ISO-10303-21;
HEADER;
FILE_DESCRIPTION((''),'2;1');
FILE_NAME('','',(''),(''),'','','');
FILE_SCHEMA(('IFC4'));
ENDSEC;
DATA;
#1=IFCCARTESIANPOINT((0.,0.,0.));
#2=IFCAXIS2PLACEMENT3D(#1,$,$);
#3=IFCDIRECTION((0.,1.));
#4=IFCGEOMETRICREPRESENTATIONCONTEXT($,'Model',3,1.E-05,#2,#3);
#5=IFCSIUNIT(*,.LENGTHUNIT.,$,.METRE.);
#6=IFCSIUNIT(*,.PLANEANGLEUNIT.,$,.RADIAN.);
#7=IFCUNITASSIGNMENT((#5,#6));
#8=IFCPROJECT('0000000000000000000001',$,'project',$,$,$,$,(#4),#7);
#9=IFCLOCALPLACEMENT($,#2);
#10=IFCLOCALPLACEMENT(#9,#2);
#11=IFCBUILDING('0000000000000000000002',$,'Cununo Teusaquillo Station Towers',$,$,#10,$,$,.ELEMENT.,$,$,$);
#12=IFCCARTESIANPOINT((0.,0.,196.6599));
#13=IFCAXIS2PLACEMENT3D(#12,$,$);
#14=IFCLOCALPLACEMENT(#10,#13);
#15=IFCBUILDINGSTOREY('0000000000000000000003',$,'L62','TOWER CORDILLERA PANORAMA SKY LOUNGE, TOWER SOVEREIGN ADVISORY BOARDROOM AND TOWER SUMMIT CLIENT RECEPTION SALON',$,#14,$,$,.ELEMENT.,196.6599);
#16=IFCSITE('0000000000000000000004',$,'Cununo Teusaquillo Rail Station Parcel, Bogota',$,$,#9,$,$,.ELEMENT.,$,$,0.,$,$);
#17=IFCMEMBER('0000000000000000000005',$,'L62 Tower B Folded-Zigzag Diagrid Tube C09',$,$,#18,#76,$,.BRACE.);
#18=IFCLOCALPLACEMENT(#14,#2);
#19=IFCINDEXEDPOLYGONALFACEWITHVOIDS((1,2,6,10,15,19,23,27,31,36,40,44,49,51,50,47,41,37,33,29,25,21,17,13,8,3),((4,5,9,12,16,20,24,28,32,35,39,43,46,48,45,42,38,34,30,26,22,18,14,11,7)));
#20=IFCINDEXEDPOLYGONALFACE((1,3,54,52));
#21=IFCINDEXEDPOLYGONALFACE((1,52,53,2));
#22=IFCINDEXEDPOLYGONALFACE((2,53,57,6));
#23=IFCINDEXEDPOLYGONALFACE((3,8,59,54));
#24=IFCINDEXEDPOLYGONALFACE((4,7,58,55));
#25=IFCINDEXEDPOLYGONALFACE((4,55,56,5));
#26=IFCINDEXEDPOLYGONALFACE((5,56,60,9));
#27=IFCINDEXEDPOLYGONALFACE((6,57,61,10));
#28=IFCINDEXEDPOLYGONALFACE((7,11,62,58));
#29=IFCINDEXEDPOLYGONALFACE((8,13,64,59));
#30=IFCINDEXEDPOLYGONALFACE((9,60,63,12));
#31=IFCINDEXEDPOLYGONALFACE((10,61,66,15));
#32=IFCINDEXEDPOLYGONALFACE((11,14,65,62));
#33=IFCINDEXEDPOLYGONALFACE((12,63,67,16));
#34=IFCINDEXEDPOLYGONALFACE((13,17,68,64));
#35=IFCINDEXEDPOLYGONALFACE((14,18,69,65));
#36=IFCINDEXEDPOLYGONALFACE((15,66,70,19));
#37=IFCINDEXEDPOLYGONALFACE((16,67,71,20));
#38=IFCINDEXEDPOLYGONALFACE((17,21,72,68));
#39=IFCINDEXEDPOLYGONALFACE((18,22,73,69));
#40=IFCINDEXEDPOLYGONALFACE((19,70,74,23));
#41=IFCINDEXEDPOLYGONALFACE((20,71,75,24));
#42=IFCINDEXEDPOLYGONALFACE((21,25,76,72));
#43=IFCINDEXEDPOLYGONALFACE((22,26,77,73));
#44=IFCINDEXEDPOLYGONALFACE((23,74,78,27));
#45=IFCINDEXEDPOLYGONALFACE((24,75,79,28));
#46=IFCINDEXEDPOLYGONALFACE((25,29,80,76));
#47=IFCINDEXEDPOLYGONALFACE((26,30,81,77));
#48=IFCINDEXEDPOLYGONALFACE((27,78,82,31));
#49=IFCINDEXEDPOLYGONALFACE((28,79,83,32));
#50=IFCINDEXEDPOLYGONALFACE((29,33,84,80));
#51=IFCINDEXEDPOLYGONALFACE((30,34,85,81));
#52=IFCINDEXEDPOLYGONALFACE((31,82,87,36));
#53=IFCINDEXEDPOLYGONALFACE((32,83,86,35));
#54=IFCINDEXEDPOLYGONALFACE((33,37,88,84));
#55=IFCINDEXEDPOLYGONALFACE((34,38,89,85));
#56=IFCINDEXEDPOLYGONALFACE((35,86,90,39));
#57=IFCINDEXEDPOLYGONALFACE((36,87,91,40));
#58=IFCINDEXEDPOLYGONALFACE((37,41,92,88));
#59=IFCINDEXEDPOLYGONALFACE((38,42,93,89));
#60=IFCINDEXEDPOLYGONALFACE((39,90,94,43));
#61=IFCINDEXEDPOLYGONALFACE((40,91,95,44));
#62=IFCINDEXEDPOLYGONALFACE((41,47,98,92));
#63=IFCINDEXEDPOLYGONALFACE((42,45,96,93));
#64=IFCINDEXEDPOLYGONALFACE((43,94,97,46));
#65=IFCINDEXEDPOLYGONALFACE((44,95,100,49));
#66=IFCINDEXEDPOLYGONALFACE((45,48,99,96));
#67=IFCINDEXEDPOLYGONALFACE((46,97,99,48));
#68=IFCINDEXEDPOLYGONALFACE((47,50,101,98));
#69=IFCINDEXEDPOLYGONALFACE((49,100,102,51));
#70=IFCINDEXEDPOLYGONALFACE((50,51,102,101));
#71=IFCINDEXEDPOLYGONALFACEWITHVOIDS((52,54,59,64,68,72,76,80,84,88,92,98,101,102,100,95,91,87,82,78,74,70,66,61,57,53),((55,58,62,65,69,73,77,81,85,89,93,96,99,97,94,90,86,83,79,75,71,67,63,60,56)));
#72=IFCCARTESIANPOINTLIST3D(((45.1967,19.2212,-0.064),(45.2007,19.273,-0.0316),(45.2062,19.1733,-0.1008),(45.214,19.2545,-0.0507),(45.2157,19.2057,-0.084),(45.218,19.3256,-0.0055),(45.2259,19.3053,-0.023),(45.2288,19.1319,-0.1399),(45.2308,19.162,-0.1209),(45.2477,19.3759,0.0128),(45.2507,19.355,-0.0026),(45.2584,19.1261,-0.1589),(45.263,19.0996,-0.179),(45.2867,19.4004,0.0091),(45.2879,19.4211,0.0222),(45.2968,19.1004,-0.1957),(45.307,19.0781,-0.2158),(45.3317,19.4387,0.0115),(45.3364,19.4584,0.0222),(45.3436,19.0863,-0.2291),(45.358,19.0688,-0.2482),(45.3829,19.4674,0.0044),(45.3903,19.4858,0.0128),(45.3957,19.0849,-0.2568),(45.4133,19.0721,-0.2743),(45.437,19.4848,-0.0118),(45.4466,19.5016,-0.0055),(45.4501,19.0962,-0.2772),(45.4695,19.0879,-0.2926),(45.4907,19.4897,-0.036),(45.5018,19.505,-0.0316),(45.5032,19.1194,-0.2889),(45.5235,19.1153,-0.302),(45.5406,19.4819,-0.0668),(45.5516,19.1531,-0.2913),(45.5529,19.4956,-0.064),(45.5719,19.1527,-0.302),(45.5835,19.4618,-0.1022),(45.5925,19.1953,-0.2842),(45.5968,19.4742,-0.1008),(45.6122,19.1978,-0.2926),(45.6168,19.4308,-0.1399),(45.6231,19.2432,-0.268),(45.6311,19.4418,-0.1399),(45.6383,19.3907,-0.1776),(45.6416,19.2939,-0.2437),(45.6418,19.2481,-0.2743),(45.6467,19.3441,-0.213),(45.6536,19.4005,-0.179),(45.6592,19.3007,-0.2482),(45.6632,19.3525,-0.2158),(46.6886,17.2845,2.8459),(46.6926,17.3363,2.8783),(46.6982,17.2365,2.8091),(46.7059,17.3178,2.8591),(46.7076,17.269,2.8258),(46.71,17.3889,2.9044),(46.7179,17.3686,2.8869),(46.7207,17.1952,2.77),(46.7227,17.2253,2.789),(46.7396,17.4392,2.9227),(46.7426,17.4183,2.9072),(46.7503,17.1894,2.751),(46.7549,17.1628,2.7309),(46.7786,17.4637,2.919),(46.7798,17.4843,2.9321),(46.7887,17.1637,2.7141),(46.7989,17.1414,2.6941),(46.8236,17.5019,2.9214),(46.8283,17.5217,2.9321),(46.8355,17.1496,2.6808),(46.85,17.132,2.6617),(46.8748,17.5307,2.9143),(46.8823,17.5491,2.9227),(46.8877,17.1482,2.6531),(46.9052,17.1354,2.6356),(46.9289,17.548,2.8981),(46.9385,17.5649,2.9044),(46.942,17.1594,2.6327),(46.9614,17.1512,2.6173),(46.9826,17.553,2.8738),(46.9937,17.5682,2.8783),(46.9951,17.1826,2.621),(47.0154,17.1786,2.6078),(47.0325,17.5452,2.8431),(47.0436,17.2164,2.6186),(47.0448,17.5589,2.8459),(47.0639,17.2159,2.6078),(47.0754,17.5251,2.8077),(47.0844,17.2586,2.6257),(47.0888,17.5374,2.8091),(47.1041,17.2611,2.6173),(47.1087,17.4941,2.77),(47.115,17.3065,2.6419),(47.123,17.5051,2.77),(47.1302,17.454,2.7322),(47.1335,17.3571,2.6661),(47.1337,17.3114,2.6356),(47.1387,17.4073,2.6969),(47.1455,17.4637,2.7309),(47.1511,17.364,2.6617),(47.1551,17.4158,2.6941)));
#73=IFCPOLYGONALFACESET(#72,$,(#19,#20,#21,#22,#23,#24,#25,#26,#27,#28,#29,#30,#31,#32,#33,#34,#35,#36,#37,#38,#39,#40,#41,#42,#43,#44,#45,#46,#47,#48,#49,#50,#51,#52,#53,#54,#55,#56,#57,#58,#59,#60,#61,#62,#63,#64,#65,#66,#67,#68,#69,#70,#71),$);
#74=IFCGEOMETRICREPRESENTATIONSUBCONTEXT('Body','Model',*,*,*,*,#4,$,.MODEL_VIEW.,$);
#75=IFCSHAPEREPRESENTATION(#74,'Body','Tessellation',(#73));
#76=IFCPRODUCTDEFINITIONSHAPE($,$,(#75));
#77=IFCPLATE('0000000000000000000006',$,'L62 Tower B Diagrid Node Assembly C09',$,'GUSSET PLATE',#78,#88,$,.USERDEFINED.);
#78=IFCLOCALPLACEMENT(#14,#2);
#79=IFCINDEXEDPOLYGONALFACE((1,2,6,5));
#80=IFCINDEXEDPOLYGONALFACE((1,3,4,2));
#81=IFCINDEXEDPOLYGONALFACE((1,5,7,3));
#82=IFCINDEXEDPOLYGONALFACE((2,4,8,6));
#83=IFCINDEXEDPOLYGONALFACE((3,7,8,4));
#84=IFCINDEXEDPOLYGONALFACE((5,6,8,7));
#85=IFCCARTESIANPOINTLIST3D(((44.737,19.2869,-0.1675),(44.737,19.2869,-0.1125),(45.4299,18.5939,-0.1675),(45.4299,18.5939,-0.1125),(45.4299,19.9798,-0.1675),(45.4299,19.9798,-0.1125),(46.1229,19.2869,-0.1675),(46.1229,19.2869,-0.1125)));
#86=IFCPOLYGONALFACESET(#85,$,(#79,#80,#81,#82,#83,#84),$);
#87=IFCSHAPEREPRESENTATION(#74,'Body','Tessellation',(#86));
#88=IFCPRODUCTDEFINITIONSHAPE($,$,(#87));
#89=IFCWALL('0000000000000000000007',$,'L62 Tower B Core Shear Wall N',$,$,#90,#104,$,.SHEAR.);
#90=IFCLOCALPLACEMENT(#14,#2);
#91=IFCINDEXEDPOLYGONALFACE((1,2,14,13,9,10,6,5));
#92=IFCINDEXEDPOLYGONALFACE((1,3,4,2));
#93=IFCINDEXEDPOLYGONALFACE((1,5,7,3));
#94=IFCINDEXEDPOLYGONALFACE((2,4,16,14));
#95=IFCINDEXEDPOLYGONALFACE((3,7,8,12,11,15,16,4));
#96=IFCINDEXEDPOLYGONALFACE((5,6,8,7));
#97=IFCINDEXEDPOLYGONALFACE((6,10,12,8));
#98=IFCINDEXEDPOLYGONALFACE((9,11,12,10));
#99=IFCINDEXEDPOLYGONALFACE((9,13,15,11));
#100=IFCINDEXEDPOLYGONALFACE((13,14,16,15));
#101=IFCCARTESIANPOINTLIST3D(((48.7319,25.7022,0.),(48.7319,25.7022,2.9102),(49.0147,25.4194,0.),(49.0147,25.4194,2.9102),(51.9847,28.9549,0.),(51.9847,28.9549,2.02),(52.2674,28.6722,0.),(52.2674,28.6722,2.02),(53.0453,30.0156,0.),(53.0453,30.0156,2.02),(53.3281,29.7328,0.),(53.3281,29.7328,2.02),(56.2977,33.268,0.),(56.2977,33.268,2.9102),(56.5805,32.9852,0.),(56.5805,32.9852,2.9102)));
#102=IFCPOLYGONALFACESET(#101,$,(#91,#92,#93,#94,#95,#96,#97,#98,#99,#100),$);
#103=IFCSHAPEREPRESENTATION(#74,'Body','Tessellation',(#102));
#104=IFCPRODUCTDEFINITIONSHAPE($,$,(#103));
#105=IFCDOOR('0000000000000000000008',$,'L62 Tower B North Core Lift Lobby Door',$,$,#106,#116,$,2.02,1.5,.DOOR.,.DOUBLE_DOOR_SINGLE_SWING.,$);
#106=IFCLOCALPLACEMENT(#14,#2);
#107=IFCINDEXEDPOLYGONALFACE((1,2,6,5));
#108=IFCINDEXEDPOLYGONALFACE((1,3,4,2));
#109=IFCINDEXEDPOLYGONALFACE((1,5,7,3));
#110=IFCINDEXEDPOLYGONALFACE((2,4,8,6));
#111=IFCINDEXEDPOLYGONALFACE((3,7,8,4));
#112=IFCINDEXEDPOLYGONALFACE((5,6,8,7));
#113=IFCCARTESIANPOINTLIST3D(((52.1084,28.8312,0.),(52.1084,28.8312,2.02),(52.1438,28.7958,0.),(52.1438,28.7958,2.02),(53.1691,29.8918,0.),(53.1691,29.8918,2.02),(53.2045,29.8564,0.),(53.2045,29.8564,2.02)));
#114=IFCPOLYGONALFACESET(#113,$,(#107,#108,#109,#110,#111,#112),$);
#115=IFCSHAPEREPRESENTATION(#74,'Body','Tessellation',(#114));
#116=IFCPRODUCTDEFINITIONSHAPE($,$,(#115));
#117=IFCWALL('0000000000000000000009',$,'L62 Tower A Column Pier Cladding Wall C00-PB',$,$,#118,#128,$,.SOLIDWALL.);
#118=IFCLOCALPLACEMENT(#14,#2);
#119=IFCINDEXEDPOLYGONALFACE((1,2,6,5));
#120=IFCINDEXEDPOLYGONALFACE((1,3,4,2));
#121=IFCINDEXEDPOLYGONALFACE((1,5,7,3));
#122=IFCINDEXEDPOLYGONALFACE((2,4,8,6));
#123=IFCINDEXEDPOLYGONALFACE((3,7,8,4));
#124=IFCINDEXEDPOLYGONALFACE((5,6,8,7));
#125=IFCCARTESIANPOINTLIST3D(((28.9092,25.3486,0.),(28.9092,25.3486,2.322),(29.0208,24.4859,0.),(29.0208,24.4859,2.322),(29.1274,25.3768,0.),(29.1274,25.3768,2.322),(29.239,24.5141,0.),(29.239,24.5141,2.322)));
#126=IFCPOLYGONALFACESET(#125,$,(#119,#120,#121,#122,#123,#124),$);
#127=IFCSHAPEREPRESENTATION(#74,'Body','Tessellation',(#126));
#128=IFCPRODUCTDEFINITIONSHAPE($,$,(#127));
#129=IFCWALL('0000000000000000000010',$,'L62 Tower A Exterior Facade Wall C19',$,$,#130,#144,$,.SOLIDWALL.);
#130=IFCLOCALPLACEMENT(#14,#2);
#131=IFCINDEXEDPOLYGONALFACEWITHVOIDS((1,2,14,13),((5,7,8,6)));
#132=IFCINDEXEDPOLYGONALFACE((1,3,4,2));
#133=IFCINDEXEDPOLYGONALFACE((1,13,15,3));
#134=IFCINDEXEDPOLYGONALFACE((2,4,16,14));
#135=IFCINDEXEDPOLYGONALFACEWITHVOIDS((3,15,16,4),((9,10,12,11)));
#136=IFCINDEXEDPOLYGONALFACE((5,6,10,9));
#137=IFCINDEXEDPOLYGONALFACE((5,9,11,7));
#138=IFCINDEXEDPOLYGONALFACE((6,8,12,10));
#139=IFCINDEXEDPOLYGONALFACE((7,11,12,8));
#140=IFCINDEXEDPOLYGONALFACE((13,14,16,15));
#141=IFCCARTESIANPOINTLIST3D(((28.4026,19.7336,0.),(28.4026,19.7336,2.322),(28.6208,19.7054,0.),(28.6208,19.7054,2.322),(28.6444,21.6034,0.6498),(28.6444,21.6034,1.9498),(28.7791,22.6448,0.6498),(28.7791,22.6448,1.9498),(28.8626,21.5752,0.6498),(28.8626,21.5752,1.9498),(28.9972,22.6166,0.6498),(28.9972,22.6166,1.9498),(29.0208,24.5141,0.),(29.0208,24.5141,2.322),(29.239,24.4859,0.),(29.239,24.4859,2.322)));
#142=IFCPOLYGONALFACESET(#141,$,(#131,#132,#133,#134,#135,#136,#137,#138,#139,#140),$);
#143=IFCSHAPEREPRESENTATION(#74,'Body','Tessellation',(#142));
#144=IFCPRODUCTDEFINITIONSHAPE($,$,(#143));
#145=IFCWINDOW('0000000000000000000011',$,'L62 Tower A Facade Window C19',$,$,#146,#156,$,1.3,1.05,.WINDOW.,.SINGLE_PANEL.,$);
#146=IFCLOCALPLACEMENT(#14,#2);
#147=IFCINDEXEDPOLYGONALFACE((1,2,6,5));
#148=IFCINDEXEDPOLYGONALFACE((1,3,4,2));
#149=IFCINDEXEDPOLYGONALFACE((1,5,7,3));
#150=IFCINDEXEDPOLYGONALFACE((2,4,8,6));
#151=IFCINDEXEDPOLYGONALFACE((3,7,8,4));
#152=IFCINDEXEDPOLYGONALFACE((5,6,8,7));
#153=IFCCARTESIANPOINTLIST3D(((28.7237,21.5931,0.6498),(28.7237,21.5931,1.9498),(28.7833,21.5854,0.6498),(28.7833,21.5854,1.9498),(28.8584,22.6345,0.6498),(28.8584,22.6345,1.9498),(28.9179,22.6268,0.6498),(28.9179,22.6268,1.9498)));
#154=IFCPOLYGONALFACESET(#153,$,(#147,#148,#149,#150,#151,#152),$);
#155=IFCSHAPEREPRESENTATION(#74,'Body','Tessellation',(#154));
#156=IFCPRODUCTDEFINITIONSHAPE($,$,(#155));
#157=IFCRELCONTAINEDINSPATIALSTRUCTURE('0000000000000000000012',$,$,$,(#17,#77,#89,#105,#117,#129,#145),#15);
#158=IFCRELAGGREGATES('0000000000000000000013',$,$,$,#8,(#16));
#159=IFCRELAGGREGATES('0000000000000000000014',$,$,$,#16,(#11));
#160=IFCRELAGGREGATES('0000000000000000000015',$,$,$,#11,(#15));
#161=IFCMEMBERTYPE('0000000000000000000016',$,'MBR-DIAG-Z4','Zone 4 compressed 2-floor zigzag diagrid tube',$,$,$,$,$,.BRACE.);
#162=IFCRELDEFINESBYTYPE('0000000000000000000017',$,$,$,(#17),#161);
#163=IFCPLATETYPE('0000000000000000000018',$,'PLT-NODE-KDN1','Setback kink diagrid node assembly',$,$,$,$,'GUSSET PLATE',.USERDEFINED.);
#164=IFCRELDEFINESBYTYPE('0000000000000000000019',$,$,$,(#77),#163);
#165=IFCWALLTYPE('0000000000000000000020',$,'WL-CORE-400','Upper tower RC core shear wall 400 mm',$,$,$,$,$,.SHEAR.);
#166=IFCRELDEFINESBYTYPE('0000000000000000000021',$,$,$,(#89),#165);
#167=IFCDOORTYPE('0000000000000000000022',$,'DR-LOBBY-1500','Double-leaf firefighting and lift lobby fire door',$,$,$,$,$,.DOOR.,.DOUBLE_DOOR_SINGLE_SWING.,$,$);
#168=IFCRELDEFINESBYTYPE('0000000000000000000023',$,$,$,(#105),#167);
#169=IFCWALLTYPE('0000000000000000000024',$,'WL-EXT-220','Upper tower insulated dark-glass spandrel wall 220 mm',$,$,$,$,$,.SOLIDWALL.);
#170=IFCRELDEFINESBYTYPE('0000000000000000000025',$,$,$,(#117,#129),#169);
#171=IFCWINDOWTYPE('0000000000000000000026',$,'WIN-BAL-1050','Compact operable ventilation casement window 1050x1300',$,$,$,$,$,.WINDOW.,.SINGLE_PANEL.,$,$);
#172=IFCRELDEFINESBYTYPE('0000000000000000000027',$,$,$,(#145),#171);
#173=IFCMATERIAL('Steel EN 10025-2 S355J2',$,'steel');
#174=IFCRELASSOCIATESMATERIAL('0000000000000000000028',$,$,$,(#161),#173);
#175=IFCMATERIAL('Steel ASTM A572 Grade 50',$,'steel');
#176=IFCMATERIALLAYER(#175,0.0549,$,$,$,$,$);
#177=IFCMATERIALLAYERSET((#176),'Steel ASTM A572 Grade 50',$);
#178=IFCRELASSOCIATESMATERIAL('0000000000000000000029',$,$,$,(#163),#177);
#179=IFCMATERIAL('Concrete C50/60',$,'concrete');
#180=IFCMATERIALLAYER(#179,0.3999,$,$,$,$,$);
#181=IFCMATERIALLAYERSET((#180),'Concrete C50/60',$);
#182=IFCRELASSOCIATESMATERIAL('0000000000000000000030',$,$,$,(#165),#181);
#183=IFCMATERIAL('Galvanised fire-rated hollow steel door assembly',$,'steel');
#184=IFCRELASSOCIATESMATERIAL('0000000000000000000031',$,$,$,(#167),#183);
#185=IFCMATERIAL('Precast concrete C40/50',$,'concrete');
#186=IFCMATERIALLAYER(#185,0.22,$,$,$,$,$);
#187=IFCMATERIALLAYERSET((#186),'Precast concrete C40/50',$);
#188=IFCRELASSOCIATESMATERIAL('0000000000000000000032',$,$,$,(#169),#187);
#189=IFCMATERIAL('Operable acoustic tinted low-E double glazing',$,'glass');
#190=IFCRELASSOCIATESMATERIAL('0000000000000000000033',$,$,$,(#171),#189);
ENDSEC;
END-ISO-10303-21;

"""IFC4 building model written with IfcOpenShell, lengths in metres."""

from ifc_helpers import new_model, si_unit, direction, frame, frame_2d, origin, origin_2d, place, context, subcontext, project, spatial, rectangle, hollow_circle, extrude, source, transform, mapped, material, layer, layer_set, material_profile, profile_set, type_object, element, fill, save


model = new_model("IFC4")

# Units and contexts
model_context = context("Model", 3, precision=1e-05, world=origin(), true_north=direction((0.0, 1.0)))
body_context = subcontext(model_context, "Body", "Model", "MODEL_VIEW")
ifc_project = project(units=[si_unit("LENGTHUNIT", "METRE"), si_unit("PLANEANGLEUNIT", "RADIAN")], contexts=[model_context])

# Site, building, storey
site_placement = place(None, origin())
site = spatial("IfcSite", under=ifc_project, at=site_placement, Name="Cununo Teusaquillo Rail Station Parcel, Bogota", CompositionType="ELEMENT", RefElevation=0.0)
building_placement = place(site_placement, origin())
building = spatial("IfcBuilding", under=site, at=building_placement, Name="Cununo Teusaquillo Station Towers", CompositionType="ELEMENT")
storey_placement = place(building_placement, frame((0.0, 0.0, 196.6599)))
storey = spatial("IfcBuildingStorey", under=building, at=storey_placement, Name="L62", Description="TOWER CORDILLERA PANORAMA SKY LOUNGE, TOWER SOVEREIGN ADVISORY BOARDROOM AND TOWER SUMMIT CLIENT RECEPTION SALON", CompositionType="ELEMENT", Elevation=196.6599)

# Member
ifc_material_1 = material(Name="Steel EN 10025-2 S355J2", Category="steel")
ifc_material_profile_1 = material_profile(ifc_material_1, hollow_circle(Radius=0.2539, WallThickness=0.0181, at=origin_2d()), Name="CHS 508x18")
ifc_profile_set_1 = profile_set([ifc_material_profile_1], Name="Steel EN 10025-2 S355J2")
member_type_1 = type_object("IfcMemberType", Name="MBR-DIAG-Z4", Description="Zone 4 compressed 2-floor zigzag diagrid tube", PredefinedType="BRACE", material=ifc_profile_set_1)
member_1_placement = place(storey_placement, frame((45.4299, 19.2869, -0.1399), z_axis=(0.392555, -0.509595, 0.765646), x_axis=(0.792204, 0.610256, 0.0)))
element("IfcMember", 1, at=member_1_placement, inside=storey, type_object=member_type_1, Name="L62 Tower B Folded-Zigzag Diagrid Tube C09", PredefinedType="BRACE", context=body_context, shape_type="SweptSolid", body=[
    extrude(hollow_circle(Radius=0.2539, WallThickness=0.0181, at=origin_2d()), origin(), (0.0, 0.0, 1.0), 3.8005),
])

# Plate
ifc_material_2 = material(Name="Steel ASTM A572 Grade 50", Category="steel")
ifc_layer_1 = layer(ifc_material_2, 0.0549)
ifc_layer_set_1 = layer_set([ifc_layer_1], Name="Steel ASTM A572 Grade 50")
plate_type = type_object("IfcPlateType", Name="PLT-NODE-KDN1", Description="Setback kink diagrid node assembly", ElementType="GUSSET PLATE", PredefinedType="USERDEFINED", material=ifc_layer_set_1)
shared_shape_1 = source(origin(), body_context, "Body", "SweptSolid", [
    extrude(rectangle(XDim=0.98, YDim=0.98, at=origin_2d()), origin(), (0.0, 0.0, 1.0), 0.0549),
])
plate_placement = place(storey_placement, frame((45.4299, 19.2869, -0.1675), z_axis=(0.0, 0.0, 1.0), x_axis=(0.707107, 0.707107, 0.0)))
element("IfcPlate", 2, at=plate_placement, inside=storey, type_object=plate_type, Name="L62 Tower B Diagrid Node Assembly C09", ObjectType="GUSSET PLATE", PredefinedType="USERDEFINED", context=body_context, shape_type="MappedRepresentation", body=[
    mapped(shared_shape_1, transform((0.0, 0.0, 0.0), x_axis=(1.0, 0.0, 0.0), y_axis=(0.0, 1.0, 0.0), z_axis=(0.0, 0.0, 1.0), scale=1.0)),
])

# Wall, opening, door
ifc_material_3 = material(Name="Concrete C50/60", Category="concrete")
ifc_layer_2 = layer(ifc_material_3, 0.3999)
ifc_layer_set_2 = layer_set([ifc_layer_2], Name="Concrete C50/60")
wall_type_1 = type_object("IfcWallType", Name="WL-CORE-400", Description="Upper tower RC core shear wall 400 mm", PredefinedType="SHEAR", material=ifc_layer_set_2)
wall_1_placement = place(storey_placement, frame((48.8733, 25.5608, 0.0), z_axis=(0.0, 0.0, 1.0), x_axis=(0.707107, 0.707107, 0.0)))
wall_1 = element("IfcWall", 3, at=wall_1_placement, inside=storey, type_object=wall_type_1, Name="L62 Tower B Core Shear Wall N", PredefinedType="SHEAR", context=body_context, shape_type="SweptSolid", body=[
    extrude(rectangle(XDim=10.6997, YDim=0.3999, at=frame_2d((5.3499, 0.0))), origin(), (0.0, 0.0, 1.0), 2.9102),
])
shared_shape_2 = source(origin(), body_context, "Body", "SweptSolid", [
    extrude(rectangle(XDim=1.5, YDim=2.02, at=frame_2d((0.75, 1.01))), frame((0.0, 0.21, 0.0), z_axis=(0.0, -1.0, 0.0), x_axis=(1.0, 0.0, 0.0)), (0.0, 0.0, 1.0), 0.4199),
])
opening_1_placement = place(wall_1_placement, frame((4.6001, 0.0, 0.0)))
opening_1 = element("IfcOpeningElement", 4, at=opening_1_placement, cuts=wall_1, PredefinedType="OPENING", context=body_context, shape_type="MappedRepresentation", body=[
    mapped(shared_shape_2, transform((0.0, 0.0, 0.0), x_axis=(1.0, 0.0, 0.0), y_axis=(0.0, 1.0, 0.0), z_axis=(0.0, 0.0, 1.0), scale=1.0)),
])
ifc_material_4 = material(Name="Galvanised fire-rated hollow steel door assembly", Category="steel")
door_type_1 = type_object("IfcDoorType", Name="DR-LOBBY-1500", Description="Double-leaf firefighting and lift lobby fire door", OperationType="DOUBLE_DOOR_SINGLE_SWING", PredefinedType="DOOR", material=ifc_material_4)
shared_shape_3 = source(origin(), body_context, "Body", "SweptSolid", [
    extrude(rectangle(XDim=1.5, YDim=2.02, at=frame_2d((0.75, 1.01))), frame((0.0, 0.0249, 0.0), z_axis=(0.0, -1.0, 0.0), x_axis=(1.0, 0.0, 0.0)), (0.0, 0.0, 1.0), 0.05),
])
door_1_placement = place(opening_1_placement, origin())
door_1 = element("IfcDoor", 5, at=door_1_placement, inside=storey, type_object=door_type_1, Name="L62 Tower B North Core Lift Lobby Door", OperationType="DOUBLE_DOOR_SINGLE_SWING", OverallHeight=2.02, OverallWidth=1.5, PredefinedType="DOOR", context=body_context, shape_type="MappedRepresentation", body=[
    mapped(shared_shape_3, transform((0.0, 0.0, 0.0), x_axis=(1.0, 0.0, 0.0), y_axis=(0.0, 1.0, 0.0), z_axis=(0.0, 0.0, 1.0), scale=1.0)),
])
fill(opening_1, door_1)

# Wall
ifc_material_5 = material(Name="Precast concrete C40/50", Category="concrete")
ifc_layer_3 = layer(ifc_material_5, 0.22)
ifc_layer_set_3 = layer_set([ifc_layer_3], Name="Precast concrete C40/50")
wall_type_2 = type_object("IfcWallType", Name="WL-EXT-220", Description="Upper tower insulated dark-glass spandrel wall 220 mm", PredefinedType="SOLIDWALL", material=ifc_layer_set_3)
wall_2_placement = place(storey_placement, frame((29.0183, 25.3628, 0.0), z_axis=(0.0, 0.0, 1.0), x_axis=(0.128247, -0.991742, 0.0)))
element("IfcWall", 6, at=wall_2_placement, inside=storey, type_object=wall_type_2, Name="L62 Tower A Column Pier Cladding Wall C00-PB", PredefinedType="SOLIDWALL", context=body_context, shape_type="SweptSolid", body=[
    extrude(rectangle(XDim=0.8699, YDim=0.22, at=frame_2d((0.4351, 0.0))), origin(), (0.0, 0.0, 1.0), 2.322),
])

# Wall, opening, window
wall_3_placement = place(storey_placement, frame((29.1299, 24.5, 0.0), z_axis=(0.0, 0.0, 1.0), x_axis=(-0.128241, -0.991743, 0.0)))
wall_3 = element("IfcWall", 7, at=wall_3_placement, inside=storey, type_object=wall_type_2, Name="L62 Tower A Exterior Facade Wall C19", PredefinedType="SOLIDWALL", context=body_context, shape_type="SweptSolid", body=[
    extrude(rectangle(XDim=4.8203, YDim=0.22, at=frame_2d((2.4102, 0.0))), origin(), (0.0, 0.0, 1.0), 2.322),
])
shared_shape_4 = source(origin(), body_context, "Body", "SweptSolid", [
    extrude(rectangle(XDim=1.05, YDim=1.3, at=frame_2d((0.5249, 0.6499))), frame((0.0, 0.1199, 0.0), z_axis=(0.0, -1.0, 0.0), x_axis=(1.0, 0.0, 0.0)), (0.0, 0.0, 1.0), 0.24),
])
opening_2_placement = place(wall_3_placement, frame((1.885, 0.0, 0.6499)))
opening_2 = element("IfcOpeningElement", 8, at=opening_2_placement, cuts=wall_3, PredefinedType="OPENING", context=body_context, shape_type="MappedRepresentation", body=[
    mapped(shared_shape_4, transform((0.0, 0.0, 0.0), x_axis=(1.0, 0.0, 0.0), y_axis=(0.0, 1.0, 0.0), z_axis=(0.0, 0.0, 1.0), scale=1.0)),
])
ifc_material_6 = material(Name="Operable acoustic tinted low-E double glazing", Category="glass")
window_type = type_object("IfcWindowType", Name="WIN-BAL-1050", Description="Compact operable ventilation casement window 1050x1300", PartitioningType="SINGLE_PANEL", PredefinedType="WINDOW", material=ifc_material_6)
shared_shape_5 = source(origin(), body_context, "Body", "SweptSolid", [
    extrude(rectangle(XDim=1.05, YDim=1.3, at=frame_2d((0.5249, 0.6499))), frame((0.0, 0.03, 0.0), z_axis=(0.0, -1.0, 0.0), x_axis=(1.0, 0.0, 0.0)), (0.0, 0.0, 1.0), 0.0601),
])
window_1_placement = place(opening_2_placement, origin())
window_1 = element("IfcWindow", 9, at=window_1_placement, inside=storey, type_object=window_type, Name="L62 Tower A Facade Window C19", OverallHeight=1.3, OverallWidth=1.05, PartitioningType="SINGLE_PANEL", PredefinedType="WINDOW", context=body_context, shape_type="MappedRepresentation", body=[
    mapped(shared_shape_5, transform((0.0, 0.0, 0.0), x_axis=(1.0, 0.0, 0.0), y_axis=(0.0, 1.0, 0.0), z_axis=(0.0, 0.0, 1.0), scale=1.0)),
])
fill(opening_2, window_1)

save(model, "model.ifc")
